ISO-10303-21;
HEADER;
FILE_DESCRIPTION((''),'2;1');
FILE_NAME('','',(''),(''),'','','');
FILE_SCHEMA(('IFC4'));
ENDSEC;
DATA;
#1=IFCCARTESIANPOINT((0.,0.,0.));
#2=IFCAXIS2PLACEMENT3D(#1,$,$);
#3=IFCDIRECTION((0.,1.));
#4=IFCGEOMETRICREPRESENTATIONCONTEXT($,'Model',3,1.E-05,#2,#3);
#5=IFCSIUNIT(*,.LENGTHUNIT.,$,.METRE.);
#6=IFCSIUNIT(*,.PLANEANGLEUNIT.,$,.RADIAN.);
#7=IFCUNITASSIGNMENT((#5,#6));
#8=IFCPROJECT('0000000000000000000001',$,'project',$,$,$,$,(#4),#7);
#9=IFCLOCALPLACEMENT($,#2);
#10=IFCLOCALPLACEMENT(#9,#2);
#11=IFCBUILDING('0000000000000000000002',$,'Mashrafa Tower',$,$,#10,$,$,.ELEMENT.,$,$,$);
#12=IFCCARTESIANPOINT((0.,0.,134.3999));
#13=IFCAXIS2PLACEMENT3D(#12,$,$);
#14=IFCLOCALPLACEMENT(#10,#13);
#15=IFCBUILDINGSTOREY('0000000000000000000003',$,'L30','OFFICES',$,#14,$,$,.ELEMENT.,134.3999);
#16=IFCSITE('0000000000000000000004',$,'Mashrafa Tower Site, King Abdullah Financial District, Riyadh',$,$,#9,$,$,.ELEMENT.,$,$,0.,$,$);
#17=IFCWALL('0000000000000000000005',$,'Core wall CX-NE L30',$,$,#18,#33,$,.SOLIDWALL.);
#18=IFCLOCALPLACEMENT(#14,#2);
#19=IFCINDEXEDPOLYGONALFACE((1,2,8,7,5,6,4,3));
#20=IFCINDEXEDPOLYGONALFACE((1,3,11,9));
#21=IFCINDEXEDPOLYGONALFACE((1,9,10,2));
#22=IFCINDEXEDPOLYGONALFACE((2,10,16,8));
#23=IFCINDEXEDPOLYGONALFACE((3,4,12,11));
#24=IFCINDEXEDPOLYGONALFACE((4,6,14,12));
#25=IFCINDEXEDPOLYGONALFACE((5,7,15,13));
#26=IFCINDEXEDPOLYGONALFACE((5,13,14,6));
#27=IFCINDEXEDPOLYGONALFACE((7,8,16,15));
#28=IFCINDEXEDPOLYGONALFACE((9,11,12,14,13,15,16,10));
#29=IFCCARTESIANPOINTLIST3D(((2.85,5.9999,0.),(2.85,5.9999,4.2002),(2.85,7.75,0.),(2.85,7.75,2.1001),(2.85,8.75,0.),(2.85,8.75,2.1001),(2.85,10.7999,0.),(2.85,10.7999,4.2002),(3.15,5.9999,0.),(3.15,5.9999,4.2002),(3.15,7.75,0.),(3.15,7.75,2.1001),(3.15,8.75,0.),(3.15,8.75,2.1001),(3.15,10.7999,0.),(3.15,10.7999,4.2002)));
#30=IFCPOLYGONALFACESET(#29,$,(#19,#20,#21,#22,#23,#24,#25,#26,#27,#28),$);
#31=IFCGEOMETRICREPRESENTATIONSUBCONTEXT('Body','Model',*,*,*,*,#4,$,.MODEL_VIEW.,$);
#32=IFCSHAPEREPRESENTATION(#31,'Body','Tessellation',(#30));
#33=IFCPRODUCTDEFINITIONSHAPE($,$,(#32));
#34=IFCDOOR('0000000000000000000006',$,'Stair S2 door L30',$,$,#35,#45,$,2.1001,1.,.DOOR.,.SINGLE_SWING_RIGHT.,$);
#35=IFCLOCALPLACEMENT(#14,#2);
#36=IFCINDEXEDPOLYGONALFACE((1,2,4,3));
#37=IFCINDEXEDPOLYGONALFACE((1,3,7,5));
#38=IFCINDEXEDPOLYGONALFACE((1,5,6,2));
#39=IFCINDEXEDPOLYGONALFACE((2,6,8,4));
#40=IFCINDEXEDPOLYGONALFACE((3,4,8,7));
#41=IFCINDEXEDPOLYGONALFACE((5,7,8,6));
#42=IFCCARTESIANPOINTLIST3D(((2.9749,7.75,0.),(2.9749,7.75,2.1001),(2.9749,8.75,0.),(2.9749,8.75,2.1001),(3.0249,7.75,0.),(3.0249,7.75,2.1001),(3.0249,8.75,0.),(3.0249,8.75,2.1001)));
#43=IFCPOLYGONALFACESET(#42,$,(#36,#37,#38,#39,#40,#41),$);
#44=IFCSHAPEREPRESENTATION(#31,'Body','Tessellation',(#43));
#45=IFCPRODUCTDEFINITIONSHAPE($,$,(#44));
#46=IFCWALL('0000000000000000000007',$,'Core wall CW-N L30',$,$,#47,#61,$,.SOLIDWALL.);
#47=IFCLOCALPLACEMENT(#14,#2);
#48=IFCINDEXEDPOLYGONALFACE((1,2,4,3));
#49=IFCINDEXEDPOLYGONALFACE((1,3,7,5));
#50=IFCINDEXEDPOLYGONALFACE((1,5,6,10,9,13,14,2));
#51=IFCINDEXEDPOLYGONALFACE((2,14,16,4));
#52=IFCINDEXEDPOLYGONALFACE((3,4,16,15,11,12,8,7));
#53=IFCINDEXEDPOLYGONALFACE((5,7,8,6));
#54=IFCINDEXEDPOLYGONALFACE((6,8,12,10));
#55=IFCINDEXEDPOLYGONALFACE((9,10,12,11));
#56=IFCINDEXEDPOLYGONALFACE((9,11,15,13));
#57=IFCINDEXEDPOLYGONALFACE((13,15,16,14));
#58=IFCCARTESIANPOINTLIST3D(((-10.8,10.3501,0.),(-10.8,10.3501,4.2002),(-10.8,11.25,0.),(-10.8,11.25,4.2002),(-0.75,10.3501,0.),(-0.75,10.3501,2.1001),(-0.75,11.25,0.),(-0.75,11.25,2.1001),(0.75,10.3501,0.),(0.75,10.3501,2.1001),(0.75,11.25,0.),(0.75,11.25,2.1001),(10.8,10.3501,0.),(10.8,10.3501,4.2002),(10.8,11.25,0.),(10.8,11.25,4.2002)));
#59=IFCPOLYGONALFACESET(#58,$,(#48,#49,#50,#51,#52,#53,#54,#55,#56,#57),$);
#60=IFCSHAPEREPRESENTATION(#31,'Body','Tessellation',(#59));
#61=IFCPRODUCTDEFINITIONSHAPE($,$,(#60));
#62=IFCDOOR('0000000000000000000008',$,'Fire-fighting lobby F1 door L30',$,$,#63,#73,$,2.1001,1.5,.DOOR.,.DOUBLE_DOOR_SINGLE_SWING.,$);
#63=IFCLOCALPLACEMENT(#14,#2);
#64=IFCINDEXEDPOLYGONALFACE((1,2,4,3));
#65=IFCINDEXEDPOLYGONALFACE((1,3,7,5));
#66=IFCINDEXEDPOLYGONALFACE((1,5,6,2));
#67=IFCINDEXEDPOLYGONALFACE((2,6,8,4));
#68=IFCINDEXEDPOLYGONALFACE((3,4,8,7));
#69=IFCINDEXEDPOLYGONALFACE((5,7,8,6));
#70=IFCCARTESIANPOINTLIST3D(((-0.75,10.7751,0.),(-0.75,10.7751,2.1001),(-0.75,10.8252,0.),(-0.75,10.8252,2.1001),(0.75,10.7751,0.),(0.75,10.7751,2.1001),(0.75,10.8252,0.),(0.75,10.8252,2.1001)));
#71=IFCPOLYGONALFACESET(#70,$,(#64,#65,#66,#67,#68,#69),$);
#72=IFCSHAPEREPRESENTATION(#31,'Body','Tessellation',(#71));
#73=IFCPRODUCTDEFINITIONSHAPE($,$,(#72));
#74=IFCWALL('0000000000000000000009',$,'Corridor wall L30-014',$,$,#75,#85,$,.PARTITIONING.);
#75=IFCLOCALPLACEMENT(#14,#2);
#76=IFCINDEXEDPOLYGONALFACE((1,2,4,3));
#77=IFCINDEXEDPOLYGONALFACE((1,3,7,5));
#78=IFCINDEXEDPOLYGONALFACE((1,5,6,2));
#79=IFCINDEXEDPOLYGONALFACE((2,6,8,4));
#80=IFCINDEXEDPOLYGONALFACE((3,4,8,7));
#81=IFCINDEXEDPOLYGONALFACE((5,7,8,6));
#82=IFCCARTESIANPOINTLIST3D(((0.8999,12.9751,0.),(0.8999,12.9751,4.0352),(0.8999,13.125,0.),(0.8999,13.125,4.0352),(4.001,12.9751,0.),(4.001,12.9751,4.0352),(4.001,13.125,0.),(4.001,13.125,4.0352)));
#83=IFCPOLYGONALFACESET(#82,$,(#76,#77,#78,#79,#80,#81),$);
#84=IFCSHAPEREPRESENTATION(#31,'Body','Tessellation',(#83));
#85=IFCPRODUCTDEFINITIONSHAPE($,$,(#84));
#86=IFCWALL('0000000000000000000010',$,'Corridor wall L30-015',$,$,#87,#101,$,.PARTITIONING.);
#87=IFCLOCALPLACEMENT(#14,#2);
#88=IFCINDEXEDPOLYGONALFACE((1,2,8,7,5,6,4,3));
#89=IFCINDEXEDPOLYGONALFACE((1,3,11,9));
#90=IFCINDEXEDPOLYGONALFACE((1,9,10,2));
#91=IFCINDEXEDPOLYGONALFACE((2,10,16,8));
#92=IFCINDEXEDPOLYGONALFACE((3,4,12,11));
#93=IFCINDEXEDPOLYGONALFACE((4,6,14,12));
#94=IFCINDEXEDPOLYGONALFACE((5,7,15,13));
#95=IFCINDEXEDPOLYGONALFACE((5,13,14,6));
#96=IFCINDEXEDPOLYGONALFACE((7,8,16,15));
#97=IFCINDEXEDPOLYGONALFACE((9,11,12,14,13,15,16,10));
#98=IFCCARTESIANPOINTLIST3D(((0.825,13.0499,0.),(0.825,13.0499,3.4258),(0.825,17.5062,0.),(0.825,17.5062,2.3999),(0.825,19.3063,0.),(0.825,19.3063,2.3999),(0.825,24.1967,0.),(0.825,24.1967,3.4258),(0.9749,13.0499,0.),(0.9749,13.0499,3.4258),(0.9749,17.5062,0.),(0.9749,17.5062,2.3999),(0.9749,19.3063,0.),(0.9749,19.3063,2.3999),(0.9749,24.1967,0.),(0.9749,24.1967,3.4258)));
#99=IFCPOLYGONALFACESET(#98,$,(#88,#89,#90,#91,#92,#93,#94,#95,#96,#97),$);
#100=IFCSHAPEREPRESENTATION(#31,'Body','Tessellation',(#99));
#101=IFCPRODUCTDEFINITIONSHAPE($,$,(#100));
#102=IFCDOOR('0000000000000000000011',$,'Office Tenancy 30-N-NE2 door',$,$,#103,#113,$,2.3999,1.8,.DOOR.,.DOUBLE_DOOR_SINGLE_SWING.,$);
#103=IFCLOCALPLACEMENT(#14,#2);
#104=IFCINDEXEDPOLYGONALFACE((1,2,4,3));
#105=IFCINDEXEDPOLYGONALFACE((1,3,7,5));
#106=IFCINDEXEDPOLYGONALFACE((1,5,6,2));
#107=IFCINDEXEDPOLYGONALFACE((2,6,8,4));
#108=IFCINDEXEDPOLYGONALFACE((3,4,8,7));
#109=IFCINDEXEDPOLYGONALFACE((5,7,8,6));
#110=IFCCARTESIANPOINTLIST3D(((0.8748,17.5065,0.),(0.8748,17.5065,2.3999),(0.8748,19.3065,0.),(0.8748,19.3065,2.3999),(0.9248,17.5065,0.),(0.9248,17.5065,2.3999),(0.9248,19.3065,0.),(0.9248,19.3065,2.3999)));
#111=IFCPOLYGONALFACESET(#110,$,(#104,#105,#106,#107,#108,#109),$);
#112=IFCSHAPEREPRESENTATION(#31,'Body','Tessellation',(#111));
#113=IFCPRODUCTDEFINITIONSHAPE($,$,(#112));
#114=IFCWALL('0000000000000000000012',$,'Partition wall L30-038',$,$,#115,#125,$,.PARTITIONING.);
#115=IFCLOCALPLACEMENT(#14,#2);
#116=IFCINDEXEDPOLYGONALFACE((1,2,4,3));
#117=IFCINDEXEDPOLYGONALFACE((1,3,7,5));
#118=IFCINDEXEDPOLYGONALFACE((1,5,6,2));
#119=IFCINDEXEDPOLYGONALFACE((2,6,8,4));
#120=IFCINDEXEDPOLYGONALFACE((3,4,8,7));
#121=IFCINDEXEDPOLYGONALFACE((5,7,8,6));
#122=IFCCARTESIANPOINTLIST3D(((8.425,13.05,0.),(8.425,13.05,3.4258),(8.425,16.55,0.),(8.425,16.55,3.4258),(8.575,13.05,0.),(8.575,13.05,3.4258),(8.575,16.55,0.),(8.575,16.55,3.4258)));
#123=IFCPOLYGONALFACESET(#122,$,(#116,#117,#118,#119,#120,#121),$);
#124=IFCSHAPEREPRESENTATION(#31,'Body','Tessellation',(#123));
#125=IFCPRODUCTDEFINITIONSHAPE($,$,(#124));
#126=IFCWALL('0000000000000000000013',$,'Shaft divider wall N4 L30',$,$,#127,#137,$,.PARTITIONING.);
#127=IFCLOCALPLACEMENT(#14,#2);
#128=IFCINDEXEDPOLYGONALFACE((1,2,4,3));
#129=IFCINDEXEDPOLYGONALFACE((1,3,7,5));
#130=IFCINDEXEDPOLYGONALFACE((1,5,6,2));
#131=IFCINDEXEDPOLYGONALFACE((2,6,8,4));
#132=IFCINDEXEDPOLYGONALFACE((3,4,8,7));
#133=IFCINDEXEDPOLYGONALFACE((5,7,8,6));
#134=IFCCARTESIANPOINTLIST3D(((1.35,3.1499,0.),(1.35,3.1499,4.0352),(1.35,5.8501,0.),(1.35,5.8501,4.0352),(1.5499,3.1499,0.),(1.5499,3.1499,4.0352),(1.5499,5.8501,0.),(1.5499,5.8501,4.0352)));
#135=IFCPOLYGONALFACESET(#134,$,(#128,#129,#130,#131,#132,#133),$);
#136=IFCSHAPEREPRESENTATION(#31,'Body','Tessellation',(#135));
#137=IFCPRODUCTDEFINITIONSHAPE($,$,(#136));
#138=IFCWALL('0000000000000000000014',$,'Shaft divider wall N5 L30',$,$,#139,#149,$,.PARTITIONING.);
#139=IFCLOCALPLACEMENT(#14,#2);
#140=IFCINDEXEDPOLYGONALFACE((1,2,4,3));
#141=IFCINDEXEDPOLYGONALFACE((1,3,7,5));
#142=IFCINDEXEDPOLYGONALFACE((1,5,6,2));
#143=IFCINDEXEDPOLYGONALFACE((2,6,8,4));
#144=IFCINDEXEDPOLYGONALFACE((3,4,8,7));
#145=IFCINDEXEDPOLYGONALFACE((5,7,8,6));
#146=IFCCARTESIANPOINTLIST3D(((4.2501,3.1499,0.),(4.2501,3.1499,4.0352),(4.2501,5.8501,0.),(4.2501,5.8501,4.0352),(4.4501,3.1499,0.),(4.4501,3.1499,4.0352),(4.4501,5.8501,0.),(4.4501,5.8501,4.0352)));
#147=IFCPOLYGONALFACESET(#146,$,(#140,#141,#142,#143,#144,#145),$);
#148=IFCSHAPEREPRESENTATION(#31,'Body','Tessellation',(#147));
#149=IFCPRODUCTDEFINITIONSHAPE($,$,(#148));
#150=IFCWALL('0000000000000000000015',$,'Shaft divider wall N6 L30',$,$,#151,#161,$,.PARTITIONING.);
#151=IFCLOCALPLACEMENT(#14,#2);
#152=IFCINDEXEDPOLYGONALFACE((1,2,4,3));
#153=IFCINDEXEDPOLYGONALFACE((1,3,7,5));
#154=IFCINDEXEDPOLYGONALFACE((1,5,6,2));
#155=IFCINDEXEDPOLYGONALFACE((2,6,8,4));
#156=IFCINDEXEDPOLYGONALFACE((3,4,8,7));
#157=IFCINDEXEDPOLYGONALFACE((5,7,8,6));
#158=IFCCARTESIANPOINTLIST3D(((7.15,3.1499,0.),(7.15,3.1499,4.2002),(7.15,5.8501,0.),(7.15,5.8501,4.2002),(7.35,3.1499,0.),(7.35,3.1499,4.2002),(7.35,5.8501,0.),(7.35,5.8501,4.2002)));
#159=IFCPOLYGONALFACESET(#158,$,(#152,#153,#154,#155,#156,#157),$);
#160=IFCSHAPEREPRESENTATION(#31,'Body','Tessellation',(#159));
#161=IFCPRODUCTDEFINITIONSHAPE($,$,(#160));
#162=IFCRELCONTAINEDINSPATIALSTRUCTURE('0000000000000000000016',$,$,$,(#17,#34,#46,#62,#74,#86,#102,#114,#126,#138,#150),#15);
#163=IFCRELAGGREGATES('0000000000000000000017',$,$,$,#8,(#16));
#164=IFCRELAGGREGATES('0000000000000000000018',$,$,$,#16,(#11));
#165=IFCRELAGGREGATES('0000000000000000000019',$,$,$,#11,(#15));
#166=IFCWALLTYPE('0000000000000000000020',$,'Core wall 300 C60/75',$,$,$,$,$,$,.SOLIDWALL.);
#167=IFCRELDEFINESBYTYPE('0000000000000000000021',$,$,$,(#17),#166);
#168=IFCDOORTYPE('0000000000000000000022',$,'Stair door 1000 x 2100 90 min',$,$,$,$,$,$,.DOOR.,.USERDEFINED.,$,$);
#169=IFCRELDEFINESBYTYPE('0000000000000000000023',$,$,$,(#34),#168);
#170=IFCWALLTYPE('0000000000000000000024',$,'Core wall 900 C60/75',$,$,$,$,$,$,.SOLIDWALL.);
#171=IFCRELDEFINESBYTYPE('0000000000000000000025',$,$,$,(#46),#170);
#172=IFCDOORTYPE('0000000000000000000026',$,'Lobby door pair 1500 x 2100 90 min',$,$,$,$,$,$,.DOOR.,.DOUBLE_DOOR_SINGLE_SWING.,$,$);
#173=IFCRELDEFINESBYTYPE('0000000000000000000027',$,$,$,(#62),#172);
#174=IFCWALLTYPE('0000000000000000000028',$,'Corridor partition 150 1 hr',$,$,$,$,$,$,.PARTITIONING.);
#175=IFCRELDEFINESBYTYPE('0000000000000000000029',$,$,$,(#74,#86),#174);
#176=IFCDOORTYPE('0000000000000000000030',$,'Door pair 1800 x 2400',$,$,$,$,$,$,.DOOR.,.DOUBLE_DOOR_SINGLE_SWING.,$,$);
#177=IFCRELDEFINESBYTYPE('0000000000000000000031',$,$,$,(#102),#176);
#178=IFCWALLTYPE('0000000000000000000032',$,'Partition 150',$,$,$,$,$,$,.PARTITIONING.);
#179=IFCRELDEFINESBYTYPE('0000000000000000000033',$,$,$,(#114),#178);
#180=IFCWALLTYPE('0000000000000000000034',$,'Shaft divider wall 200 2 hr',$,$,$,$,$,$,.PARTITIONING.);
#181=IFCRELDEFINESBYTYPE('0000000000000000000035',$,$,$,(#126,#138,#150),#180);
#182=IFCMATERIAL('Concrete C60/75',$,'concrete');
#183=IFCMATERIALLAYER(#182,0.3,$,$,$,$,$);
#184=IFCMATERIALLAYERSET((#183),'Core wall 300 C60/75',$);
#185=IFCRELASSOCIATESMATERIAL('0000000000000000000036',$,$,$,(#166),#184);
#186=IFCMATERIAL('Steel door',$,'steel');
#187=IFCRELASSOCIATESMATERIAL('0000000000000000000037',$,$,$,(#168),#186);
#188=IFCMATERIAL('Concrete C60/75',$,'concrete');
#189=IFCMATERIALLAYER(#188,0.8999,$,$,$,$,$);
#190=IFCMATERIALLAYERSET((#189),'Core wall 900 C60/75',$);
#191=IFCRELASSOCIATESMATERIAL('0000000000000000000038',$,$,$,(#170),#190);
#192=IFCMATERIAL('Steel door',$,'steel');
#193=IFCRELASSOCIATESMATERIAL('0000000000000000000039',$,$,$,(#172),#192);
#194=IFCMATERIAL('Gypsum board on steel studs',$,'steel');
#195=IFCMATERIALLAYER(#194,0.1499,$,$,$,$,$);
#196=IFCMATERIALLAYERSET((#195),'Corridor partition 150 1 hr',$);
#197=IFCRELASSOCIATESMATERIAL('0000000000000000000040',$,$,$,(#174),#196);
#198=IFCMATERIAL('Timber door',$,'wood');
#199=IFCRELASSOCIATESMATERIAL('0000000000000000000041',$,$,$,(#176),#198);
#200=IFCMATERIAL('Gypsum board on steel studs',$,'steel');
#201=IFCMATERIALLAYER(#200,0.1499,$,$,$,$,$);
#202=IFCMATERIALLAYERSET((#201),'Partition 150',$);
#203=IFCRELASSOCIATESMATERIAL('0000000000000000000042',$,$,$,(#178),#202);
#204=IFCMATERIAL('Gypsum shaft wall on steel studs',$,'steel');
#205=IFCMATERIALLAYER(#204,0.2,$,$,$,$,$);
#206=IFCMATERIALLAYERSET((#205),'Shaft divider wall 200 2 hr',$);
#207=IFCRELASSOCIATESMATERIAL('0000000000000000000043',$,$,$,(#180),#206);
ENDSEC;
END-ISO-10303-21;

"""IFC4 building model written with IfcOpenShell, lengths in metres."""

from ifc_helpers import new_model, si_unit, direction, frame, frame_2d, origin, place, context, subcontext, project, spatial, rectangle, extrude, material, layer, layer_set, type_object, element, fill, save


model = new_model("IFC4")

# Units and contexts
model_context = context("Model", 3, precision=1e-05, world=origin(), true_north=direction((0.0, 1.0)))
body_context = subcontext(model_context, "Body", "Model", "MODEL_VIEW")
ifc_project = project(units=[si_unit("LENGTHUNIT", "METRE"), si_unit("PLANEANGLEUNIT", "RADIAN")], contexts=[model_context])

# Site, building, storey
site_placement = place(None, origin())
site = spatial("IfcSite", under=ifc_project, at=site_placement, Name="Mashrafa Tower Site, King Abdullah Financial District, Riyadh", CompositionType="ELEMENT", RefElevation=0.0)
building_placement = place(site_placement, origin())
building = spatial("IfcBuilding", under=site, at=building_placement, Name="Mashrafa Tower", CompositionType="ELEMENT")
storey_placement = place(building_placement, frame((0.0, 0.0, 134.3999)))
storey = spatial("IfcBuildingStorey", under=building, at=storey_placement, Name="L30", Description="OFFICES", CompositionType="ELEMENT", Elevation=134.3999)

# Walls, openings, doors
ifc_material_1 = material(Name="Concrete C60/75", Category="concrete")
ifc_layer_1 = layer(ifc_material_1, 0.3)
ifc_layer_set_1 = layer_set([ifc_layer_1], Name="Core wall 300 C60/75")
wall_type_1 = type_object("IfcWallType", Name="Core wall 300 C60/75", PredefinedType="SOLIDWALL", material=ifc_layer_set_1)
wall_1_placement = place(storey_placement, frame((3.0, 6.0, 0.0), z_axis=(0.0, 0.0, 1.0), x_axis=(0.0, 1.0, 0.0)))
wall_1 = element("IfcWall", 1, at=wall_1_placement, inside=storey, type_object=wall_type_1, Name="Core wall CX-NE L30", PredefinedType="SOLIDWALL", context=body_context, shape_type="SweptSolid", body=[
    extrude(rectangle(XDim=4.8, YDim=0.3, at=frame_2d((2.3999, 0.0))), origin(), (0.0, 0.0, 1.0), 4.2002),
])
opening_1_placement = place(wall_1_placement, frame((1.75, 0.0, 0.0)))
opening_1 = element("IfcOpeningElement", 2, at=opening_1_placement, cuts=wall_1, PredefinedType="OPENING", context=body_context, shape_type="SweptSolid", body=[
    extrude(rectangle(XDim=1.0, YDim=2.1001, at=frame_2d((0.5, 1.05))), frame((0.0, 0.1599, 0.0), z_axis=(0.0, -1.0, 0.0), x_axis=(1.0, 0.0, 0.0)), (0.0, 0.0, 1.0), 0.3201),
])
ifc_material_2 = material(Name="Steel door", Category="steel")
door_type_1 = type_object("IfcDoorType", Name="Stair door 1000 x 2100 90 min", OperationType="USERDEFINED", PredefinedType="DOOR", material=ifc_material_2)
door_1_placement = place(opening_1_placement, frame((1.0, 0.0, 0.0), z_axis=(0.0, 0.0, 1.0), x_axis=(-1.0, 0.0, 0.0)))
door_1 = element("IfcDoor", 3, at=door_1_placement, inside=storey, type_object=door_type_1, Name="Stair S2 door L30", OperationType="SINGLE_SWING_RIGHT", OverallHeight=2.1001, OverallWidth=1.0, PredefinedType="DOOR", context=body_context, shape_type="SweptSolid", body=[
    extrude(rectangle(XDim=1.0, YDim=2.1001, at=frame_2d((0.5, 1.05))), frame((0.0, 0.0249, 0.0), z_axis=(0.0, -1.0, 0.0), x_axis=(1.0, 0.0, 0.0)), (0.0, 0.0, 1.0), 0.05),
])
fill(opening_1, door_1)
ifc_material_3 = material(Name="Concrete C60/75", Category="concrete")
ifc_layer_2 = layer(ifc_material_3, 0.8999)
ifc_layer_set_2 = layer_set([ifc_layer_2], Name="Core wall 900 C60/75")
wall_type_2 = type_object("IfcWallType", Name="Core wall 900 C60/75", PredefinedType="SOLIDWALL", material=ifc_layer_set_2)
wall_2_placement = place(storey_placement, frame((10.8, 10.8, 0.0), z_axis=(0.0, 0.0, 1.0), x_axis=(-1.0, 0.0, 0.0)))
wall_2 = element("IfcWall", 4, at=wall_2_placement, inside=storey, type_object=wall_type_2, Name="Core wall CW-N L30", PredefinedType="SOLIDWALL", context=body_context, shape_type="SweptSolid", body=[
    extrude(rectangle(XDim=21.6001, YDim=0.8999, at=frame_2d((10.8, 0.0))), origin(), (0.0, 0.0, 1.0), 4.2002),
])
opening_2_placement = place(wall_2_placement, frame((10.05, 0.0, 0.0)))
opening_2 = element("IfcOpeningElement", 5, at=opening_2_placement, cuts=wall_2, PredefinedType="OPENING", context=body_context, shape_type="SweptSolid", body=[
    extrude(rectangle(XDim=1.5, YDim=2.1001, at=frame_2d((0.75, 1.05))), frame((0.0, 0.46, 0.0), z_axis=(0.0, -1.0, 0.0), x_axis=(1.0, 0.0, 0.0)), (0.0, 0.0, 1.0), 0.9199),
])
ifc_material_4 = material(Name="Steel door", Category="steel")
door_type_2 = type_object("IfcDoorType", Name="Lobby door pair 1500 x 2100 90 min", OperationType="DOUBLE_DOOR_SINGLE_SWING", PredefinedType="DOOR", material=ifc_material_4)
door_2_placement = place(opening_2_placement, origin())
door_2 = element("IfcDoor", 6, at=door_2_placement, inside=storey, type_object=door_type_2, Name="Fire-fighting lobby F1 door L30", OperationType="DOUBLE_DOOR_SINGLE_SWING", OverallHeight=2.1001, OverallWidth=1.5, PredefinedType="DOOR", context=body_context, shape_type="SweptSolid", body=[
    extrude(rectangle(XDim=1.5, YDim=2.1001, at=frame_2d((0.75, 1.05))), frame((0.0, 0.0249, 0.0), z_axis=(0.0, -1.0, 0.0), x_axis=(1.0, 0.0, 0.0)), (0.0, 0.0, 1.0), 0.05),
])
fill(opening_2, door_2)

# Wall
ifc_material_5 = material(Name="Gypsum board on steel studs", Category="steel")
ifc_layer_3 = layer(ifc_material_5, 0.1499)
ifc_layer_set_3 = layer_set([ifc_layer_3], Name="Corridor partition 150 1 hr")
wall_type_3 = type_object("IfcWallType", Name="Corridor partition 150 1 hr", PredefinedType="PARTITIONING", material=ifc_layer_set_3)
wall_3_placement = place(storey_placement, frame((4.001, 13.05, 0.0), z_axis=(0.0, 0.0, 1.0), x_axis=(-1.0, 0.0, 0.0)))
element("IfcWall", 7, at=wall_3_placement, inside=storey, type_object=wall_type_3, Name="Corridor wall L30-014", PredefinedType="PARTITIONING", context=body_context, shape_type="SweptSolid", body=[
    extrude(rectangle(XDim=3.1011, YDim=0.1499, at=frame_2d((1.5505, 0.0))), origin(), (0.0, 0.0, 1.0), 4.0352),
])

# Wall, opening, door
wall_4_placement = place(storey_placement, frame((0.8999, 13.05, 0.0), z_axis=(0.0, 0.0, 1.0), x_axis=(0.0, 1.0, 0.0)))
wall_4 = element("IfcWall", 8, at=wall_4_placement, inside=storey, type_object=wall_type_3, Name="Corridor wall L30-015", PredefinedType="PARTITIONING", context=body_context, shape_type="SweptSolid", body=[
    extrude(rectangle(XDim=11.1467, YDim=0.1499, at=frame_2d((5.5732, 0.0))), origin(), (0.0, 0.0, 1.0), 3.4258),
])
opening_3_placement = place(wall_4_placement, frame((4.4563, 0.0, 0.0)))
opening_3 = element("IfcOpeningElement", 9, at=opening_3_placement, cuts=wall_4, PredefinedType="OPENING", context=body_context, shape_type="SweptSolid", body=[
    extrude(rectangle(XDim=1.8, YDim=2.3999, at=frame_2d((0.8999, 1.2))), frame((0.0, 0.085, 0.0), z_axis=(0.0, -1.0, 0.0), x_axis=(1.0, 0.0, 0.0)), (0.0, 0.0, 1.0), 0.1699),
])
ifc_material_6 = material(Name="Timber door", Category="wood")
door_type_3 = type_object("IfcDoorType", Name="Door pair 1800 x 2400", OperationType="DOUBLE_DOOR_SINGLE_SWING", PredefinedType="DOOR", material=ifc_material_6)
door_3_placement = place(opening_3_placement, frame((1.8, 0.0, 0.0), z_axis=(0.0, 0.0, 1.0), x_axis=(-1.0, 0.0, 0.0)))
door_3 = element("IfcDoor", 10, at=door_3_placement, inside=storey, type_object=door_type_3, Name="Office Tenancy 30-N-NE2 door", OperationType="DOUBLE_DOOR_SINGLE_SWING", OverallHeight=2.3999, OverallWidth=1.8, PredefinedType="DOOR", context=body_context, shape_type="SweptSolid", body=[
    extrude(rectangle(XDim=1.8, YDim=2.3999, at=frame_2d((0.8999, 1.2))), frame((0.0, 0.0249, 0.0), z_axis=(0.0, -1.0, 0.0), x_axis=(1.0, 0.0, 0.0)), (0.0, 0.0, 1.0), 0.05),
])
fill(opening_3, door_3)

# Walls
ifc_material_7 = material(Name="Gypsum board on steel studs", Category="steel")
ifc_layer_4 = layer(ifc_material_7, 0.1499)
ifc_layer_set_4 = layer_set([ifc_layer_4], Name="Partition 150")
wall_type_4 = type_object("IfcWallType", Name="Partition 150", PredefinedType="PARTITIONING", material=ifc_layer_set_4)
wall_5_placement = place(storey_placement, frame((8.5, 13.05, 0.0), z_axis=(0.0, 0.0, 1.0), x_axis=(0.0, 1.0, 0.0)))
element("IfcWall", 11, at=wall_5_placement, inside=storey, type_object=wall_type_4, Name="Partition wall L30-038", PredefinedType="PARTITIONING", context=body_context, shape_type="SweptSolid", body=[
    extrude(rectangle(XDim=3.5, YDim=0.1499, at=frame_2d((1.75, 0.0))), origin(), (0.0, 0.0, 1.0), 3.4258),
])
ifc_material_8 = material(Name="Gypsum shaft wall on steel studs", Category="steel")
ifc_layer_5 = layer(ifc_material_8, 0.2)
ifc_layer_set_5 = layer_set([ifc_layer_5], Name="Shaft divider wall 200 2 hr")
wall_type_5 = type_object("IfcWallType", Name="Shaft divider wall 200 2 hr", PredefinedType="PARTITIONING", material=ifc_layer_set_5)
for number, where, z_axis, x_axis, name in (
    (12, (1.45, 3.1499, 0.0), (0.0, 0.0, 1.0), (0.0, 1.0, 0.0), "Shaft divider wall N4 L30"),
    (13, (4.3501, 3.1499, 0.0), (0.0, 0.0, 1.0), (0.0, 1.0, 0.0), "Shaft divider wall N5 L30"),
):
    element("IfcWall", number, at=place(storey_placement, frame(where, z_axis=z_axis, x_axis=x_axis)), inside=storey, type_object=wall_type_5, Name=name, PredefinedType="PARTITIONING", context=body_context, shape_type="SweptSolid", body=[
        extrude(rectangle(XDim=2.7002, YDim=0.2, at=frame_2d((1.3501, 0.0))), origin(), (0.0, 0.0, 1.0), 4.0352),
    ])
wall_6_placement = place(storey_placement, frame((7.25, 3.1499, 0.0), z_axis=(0.0, 0.0, 1.0), x_axis=(0.0, 1.0, 0.0)))
element("IfcWall", 14, at=wall_6_placement, inside=storey, type_object=wall_type_5, Name="Shaft divider wall N6 L30", PredefinedType="PARTITIONING", context=body_context, shape_type="SweptSolid", body=[
    extrude(rectangle(XDim=2.7002, YDim=0.2, at=frame_2d((1.3501, 0.0))), origin(), (0.0, 0.0, 1.0), 4.2002),
])

save(model, "model.ifc")
